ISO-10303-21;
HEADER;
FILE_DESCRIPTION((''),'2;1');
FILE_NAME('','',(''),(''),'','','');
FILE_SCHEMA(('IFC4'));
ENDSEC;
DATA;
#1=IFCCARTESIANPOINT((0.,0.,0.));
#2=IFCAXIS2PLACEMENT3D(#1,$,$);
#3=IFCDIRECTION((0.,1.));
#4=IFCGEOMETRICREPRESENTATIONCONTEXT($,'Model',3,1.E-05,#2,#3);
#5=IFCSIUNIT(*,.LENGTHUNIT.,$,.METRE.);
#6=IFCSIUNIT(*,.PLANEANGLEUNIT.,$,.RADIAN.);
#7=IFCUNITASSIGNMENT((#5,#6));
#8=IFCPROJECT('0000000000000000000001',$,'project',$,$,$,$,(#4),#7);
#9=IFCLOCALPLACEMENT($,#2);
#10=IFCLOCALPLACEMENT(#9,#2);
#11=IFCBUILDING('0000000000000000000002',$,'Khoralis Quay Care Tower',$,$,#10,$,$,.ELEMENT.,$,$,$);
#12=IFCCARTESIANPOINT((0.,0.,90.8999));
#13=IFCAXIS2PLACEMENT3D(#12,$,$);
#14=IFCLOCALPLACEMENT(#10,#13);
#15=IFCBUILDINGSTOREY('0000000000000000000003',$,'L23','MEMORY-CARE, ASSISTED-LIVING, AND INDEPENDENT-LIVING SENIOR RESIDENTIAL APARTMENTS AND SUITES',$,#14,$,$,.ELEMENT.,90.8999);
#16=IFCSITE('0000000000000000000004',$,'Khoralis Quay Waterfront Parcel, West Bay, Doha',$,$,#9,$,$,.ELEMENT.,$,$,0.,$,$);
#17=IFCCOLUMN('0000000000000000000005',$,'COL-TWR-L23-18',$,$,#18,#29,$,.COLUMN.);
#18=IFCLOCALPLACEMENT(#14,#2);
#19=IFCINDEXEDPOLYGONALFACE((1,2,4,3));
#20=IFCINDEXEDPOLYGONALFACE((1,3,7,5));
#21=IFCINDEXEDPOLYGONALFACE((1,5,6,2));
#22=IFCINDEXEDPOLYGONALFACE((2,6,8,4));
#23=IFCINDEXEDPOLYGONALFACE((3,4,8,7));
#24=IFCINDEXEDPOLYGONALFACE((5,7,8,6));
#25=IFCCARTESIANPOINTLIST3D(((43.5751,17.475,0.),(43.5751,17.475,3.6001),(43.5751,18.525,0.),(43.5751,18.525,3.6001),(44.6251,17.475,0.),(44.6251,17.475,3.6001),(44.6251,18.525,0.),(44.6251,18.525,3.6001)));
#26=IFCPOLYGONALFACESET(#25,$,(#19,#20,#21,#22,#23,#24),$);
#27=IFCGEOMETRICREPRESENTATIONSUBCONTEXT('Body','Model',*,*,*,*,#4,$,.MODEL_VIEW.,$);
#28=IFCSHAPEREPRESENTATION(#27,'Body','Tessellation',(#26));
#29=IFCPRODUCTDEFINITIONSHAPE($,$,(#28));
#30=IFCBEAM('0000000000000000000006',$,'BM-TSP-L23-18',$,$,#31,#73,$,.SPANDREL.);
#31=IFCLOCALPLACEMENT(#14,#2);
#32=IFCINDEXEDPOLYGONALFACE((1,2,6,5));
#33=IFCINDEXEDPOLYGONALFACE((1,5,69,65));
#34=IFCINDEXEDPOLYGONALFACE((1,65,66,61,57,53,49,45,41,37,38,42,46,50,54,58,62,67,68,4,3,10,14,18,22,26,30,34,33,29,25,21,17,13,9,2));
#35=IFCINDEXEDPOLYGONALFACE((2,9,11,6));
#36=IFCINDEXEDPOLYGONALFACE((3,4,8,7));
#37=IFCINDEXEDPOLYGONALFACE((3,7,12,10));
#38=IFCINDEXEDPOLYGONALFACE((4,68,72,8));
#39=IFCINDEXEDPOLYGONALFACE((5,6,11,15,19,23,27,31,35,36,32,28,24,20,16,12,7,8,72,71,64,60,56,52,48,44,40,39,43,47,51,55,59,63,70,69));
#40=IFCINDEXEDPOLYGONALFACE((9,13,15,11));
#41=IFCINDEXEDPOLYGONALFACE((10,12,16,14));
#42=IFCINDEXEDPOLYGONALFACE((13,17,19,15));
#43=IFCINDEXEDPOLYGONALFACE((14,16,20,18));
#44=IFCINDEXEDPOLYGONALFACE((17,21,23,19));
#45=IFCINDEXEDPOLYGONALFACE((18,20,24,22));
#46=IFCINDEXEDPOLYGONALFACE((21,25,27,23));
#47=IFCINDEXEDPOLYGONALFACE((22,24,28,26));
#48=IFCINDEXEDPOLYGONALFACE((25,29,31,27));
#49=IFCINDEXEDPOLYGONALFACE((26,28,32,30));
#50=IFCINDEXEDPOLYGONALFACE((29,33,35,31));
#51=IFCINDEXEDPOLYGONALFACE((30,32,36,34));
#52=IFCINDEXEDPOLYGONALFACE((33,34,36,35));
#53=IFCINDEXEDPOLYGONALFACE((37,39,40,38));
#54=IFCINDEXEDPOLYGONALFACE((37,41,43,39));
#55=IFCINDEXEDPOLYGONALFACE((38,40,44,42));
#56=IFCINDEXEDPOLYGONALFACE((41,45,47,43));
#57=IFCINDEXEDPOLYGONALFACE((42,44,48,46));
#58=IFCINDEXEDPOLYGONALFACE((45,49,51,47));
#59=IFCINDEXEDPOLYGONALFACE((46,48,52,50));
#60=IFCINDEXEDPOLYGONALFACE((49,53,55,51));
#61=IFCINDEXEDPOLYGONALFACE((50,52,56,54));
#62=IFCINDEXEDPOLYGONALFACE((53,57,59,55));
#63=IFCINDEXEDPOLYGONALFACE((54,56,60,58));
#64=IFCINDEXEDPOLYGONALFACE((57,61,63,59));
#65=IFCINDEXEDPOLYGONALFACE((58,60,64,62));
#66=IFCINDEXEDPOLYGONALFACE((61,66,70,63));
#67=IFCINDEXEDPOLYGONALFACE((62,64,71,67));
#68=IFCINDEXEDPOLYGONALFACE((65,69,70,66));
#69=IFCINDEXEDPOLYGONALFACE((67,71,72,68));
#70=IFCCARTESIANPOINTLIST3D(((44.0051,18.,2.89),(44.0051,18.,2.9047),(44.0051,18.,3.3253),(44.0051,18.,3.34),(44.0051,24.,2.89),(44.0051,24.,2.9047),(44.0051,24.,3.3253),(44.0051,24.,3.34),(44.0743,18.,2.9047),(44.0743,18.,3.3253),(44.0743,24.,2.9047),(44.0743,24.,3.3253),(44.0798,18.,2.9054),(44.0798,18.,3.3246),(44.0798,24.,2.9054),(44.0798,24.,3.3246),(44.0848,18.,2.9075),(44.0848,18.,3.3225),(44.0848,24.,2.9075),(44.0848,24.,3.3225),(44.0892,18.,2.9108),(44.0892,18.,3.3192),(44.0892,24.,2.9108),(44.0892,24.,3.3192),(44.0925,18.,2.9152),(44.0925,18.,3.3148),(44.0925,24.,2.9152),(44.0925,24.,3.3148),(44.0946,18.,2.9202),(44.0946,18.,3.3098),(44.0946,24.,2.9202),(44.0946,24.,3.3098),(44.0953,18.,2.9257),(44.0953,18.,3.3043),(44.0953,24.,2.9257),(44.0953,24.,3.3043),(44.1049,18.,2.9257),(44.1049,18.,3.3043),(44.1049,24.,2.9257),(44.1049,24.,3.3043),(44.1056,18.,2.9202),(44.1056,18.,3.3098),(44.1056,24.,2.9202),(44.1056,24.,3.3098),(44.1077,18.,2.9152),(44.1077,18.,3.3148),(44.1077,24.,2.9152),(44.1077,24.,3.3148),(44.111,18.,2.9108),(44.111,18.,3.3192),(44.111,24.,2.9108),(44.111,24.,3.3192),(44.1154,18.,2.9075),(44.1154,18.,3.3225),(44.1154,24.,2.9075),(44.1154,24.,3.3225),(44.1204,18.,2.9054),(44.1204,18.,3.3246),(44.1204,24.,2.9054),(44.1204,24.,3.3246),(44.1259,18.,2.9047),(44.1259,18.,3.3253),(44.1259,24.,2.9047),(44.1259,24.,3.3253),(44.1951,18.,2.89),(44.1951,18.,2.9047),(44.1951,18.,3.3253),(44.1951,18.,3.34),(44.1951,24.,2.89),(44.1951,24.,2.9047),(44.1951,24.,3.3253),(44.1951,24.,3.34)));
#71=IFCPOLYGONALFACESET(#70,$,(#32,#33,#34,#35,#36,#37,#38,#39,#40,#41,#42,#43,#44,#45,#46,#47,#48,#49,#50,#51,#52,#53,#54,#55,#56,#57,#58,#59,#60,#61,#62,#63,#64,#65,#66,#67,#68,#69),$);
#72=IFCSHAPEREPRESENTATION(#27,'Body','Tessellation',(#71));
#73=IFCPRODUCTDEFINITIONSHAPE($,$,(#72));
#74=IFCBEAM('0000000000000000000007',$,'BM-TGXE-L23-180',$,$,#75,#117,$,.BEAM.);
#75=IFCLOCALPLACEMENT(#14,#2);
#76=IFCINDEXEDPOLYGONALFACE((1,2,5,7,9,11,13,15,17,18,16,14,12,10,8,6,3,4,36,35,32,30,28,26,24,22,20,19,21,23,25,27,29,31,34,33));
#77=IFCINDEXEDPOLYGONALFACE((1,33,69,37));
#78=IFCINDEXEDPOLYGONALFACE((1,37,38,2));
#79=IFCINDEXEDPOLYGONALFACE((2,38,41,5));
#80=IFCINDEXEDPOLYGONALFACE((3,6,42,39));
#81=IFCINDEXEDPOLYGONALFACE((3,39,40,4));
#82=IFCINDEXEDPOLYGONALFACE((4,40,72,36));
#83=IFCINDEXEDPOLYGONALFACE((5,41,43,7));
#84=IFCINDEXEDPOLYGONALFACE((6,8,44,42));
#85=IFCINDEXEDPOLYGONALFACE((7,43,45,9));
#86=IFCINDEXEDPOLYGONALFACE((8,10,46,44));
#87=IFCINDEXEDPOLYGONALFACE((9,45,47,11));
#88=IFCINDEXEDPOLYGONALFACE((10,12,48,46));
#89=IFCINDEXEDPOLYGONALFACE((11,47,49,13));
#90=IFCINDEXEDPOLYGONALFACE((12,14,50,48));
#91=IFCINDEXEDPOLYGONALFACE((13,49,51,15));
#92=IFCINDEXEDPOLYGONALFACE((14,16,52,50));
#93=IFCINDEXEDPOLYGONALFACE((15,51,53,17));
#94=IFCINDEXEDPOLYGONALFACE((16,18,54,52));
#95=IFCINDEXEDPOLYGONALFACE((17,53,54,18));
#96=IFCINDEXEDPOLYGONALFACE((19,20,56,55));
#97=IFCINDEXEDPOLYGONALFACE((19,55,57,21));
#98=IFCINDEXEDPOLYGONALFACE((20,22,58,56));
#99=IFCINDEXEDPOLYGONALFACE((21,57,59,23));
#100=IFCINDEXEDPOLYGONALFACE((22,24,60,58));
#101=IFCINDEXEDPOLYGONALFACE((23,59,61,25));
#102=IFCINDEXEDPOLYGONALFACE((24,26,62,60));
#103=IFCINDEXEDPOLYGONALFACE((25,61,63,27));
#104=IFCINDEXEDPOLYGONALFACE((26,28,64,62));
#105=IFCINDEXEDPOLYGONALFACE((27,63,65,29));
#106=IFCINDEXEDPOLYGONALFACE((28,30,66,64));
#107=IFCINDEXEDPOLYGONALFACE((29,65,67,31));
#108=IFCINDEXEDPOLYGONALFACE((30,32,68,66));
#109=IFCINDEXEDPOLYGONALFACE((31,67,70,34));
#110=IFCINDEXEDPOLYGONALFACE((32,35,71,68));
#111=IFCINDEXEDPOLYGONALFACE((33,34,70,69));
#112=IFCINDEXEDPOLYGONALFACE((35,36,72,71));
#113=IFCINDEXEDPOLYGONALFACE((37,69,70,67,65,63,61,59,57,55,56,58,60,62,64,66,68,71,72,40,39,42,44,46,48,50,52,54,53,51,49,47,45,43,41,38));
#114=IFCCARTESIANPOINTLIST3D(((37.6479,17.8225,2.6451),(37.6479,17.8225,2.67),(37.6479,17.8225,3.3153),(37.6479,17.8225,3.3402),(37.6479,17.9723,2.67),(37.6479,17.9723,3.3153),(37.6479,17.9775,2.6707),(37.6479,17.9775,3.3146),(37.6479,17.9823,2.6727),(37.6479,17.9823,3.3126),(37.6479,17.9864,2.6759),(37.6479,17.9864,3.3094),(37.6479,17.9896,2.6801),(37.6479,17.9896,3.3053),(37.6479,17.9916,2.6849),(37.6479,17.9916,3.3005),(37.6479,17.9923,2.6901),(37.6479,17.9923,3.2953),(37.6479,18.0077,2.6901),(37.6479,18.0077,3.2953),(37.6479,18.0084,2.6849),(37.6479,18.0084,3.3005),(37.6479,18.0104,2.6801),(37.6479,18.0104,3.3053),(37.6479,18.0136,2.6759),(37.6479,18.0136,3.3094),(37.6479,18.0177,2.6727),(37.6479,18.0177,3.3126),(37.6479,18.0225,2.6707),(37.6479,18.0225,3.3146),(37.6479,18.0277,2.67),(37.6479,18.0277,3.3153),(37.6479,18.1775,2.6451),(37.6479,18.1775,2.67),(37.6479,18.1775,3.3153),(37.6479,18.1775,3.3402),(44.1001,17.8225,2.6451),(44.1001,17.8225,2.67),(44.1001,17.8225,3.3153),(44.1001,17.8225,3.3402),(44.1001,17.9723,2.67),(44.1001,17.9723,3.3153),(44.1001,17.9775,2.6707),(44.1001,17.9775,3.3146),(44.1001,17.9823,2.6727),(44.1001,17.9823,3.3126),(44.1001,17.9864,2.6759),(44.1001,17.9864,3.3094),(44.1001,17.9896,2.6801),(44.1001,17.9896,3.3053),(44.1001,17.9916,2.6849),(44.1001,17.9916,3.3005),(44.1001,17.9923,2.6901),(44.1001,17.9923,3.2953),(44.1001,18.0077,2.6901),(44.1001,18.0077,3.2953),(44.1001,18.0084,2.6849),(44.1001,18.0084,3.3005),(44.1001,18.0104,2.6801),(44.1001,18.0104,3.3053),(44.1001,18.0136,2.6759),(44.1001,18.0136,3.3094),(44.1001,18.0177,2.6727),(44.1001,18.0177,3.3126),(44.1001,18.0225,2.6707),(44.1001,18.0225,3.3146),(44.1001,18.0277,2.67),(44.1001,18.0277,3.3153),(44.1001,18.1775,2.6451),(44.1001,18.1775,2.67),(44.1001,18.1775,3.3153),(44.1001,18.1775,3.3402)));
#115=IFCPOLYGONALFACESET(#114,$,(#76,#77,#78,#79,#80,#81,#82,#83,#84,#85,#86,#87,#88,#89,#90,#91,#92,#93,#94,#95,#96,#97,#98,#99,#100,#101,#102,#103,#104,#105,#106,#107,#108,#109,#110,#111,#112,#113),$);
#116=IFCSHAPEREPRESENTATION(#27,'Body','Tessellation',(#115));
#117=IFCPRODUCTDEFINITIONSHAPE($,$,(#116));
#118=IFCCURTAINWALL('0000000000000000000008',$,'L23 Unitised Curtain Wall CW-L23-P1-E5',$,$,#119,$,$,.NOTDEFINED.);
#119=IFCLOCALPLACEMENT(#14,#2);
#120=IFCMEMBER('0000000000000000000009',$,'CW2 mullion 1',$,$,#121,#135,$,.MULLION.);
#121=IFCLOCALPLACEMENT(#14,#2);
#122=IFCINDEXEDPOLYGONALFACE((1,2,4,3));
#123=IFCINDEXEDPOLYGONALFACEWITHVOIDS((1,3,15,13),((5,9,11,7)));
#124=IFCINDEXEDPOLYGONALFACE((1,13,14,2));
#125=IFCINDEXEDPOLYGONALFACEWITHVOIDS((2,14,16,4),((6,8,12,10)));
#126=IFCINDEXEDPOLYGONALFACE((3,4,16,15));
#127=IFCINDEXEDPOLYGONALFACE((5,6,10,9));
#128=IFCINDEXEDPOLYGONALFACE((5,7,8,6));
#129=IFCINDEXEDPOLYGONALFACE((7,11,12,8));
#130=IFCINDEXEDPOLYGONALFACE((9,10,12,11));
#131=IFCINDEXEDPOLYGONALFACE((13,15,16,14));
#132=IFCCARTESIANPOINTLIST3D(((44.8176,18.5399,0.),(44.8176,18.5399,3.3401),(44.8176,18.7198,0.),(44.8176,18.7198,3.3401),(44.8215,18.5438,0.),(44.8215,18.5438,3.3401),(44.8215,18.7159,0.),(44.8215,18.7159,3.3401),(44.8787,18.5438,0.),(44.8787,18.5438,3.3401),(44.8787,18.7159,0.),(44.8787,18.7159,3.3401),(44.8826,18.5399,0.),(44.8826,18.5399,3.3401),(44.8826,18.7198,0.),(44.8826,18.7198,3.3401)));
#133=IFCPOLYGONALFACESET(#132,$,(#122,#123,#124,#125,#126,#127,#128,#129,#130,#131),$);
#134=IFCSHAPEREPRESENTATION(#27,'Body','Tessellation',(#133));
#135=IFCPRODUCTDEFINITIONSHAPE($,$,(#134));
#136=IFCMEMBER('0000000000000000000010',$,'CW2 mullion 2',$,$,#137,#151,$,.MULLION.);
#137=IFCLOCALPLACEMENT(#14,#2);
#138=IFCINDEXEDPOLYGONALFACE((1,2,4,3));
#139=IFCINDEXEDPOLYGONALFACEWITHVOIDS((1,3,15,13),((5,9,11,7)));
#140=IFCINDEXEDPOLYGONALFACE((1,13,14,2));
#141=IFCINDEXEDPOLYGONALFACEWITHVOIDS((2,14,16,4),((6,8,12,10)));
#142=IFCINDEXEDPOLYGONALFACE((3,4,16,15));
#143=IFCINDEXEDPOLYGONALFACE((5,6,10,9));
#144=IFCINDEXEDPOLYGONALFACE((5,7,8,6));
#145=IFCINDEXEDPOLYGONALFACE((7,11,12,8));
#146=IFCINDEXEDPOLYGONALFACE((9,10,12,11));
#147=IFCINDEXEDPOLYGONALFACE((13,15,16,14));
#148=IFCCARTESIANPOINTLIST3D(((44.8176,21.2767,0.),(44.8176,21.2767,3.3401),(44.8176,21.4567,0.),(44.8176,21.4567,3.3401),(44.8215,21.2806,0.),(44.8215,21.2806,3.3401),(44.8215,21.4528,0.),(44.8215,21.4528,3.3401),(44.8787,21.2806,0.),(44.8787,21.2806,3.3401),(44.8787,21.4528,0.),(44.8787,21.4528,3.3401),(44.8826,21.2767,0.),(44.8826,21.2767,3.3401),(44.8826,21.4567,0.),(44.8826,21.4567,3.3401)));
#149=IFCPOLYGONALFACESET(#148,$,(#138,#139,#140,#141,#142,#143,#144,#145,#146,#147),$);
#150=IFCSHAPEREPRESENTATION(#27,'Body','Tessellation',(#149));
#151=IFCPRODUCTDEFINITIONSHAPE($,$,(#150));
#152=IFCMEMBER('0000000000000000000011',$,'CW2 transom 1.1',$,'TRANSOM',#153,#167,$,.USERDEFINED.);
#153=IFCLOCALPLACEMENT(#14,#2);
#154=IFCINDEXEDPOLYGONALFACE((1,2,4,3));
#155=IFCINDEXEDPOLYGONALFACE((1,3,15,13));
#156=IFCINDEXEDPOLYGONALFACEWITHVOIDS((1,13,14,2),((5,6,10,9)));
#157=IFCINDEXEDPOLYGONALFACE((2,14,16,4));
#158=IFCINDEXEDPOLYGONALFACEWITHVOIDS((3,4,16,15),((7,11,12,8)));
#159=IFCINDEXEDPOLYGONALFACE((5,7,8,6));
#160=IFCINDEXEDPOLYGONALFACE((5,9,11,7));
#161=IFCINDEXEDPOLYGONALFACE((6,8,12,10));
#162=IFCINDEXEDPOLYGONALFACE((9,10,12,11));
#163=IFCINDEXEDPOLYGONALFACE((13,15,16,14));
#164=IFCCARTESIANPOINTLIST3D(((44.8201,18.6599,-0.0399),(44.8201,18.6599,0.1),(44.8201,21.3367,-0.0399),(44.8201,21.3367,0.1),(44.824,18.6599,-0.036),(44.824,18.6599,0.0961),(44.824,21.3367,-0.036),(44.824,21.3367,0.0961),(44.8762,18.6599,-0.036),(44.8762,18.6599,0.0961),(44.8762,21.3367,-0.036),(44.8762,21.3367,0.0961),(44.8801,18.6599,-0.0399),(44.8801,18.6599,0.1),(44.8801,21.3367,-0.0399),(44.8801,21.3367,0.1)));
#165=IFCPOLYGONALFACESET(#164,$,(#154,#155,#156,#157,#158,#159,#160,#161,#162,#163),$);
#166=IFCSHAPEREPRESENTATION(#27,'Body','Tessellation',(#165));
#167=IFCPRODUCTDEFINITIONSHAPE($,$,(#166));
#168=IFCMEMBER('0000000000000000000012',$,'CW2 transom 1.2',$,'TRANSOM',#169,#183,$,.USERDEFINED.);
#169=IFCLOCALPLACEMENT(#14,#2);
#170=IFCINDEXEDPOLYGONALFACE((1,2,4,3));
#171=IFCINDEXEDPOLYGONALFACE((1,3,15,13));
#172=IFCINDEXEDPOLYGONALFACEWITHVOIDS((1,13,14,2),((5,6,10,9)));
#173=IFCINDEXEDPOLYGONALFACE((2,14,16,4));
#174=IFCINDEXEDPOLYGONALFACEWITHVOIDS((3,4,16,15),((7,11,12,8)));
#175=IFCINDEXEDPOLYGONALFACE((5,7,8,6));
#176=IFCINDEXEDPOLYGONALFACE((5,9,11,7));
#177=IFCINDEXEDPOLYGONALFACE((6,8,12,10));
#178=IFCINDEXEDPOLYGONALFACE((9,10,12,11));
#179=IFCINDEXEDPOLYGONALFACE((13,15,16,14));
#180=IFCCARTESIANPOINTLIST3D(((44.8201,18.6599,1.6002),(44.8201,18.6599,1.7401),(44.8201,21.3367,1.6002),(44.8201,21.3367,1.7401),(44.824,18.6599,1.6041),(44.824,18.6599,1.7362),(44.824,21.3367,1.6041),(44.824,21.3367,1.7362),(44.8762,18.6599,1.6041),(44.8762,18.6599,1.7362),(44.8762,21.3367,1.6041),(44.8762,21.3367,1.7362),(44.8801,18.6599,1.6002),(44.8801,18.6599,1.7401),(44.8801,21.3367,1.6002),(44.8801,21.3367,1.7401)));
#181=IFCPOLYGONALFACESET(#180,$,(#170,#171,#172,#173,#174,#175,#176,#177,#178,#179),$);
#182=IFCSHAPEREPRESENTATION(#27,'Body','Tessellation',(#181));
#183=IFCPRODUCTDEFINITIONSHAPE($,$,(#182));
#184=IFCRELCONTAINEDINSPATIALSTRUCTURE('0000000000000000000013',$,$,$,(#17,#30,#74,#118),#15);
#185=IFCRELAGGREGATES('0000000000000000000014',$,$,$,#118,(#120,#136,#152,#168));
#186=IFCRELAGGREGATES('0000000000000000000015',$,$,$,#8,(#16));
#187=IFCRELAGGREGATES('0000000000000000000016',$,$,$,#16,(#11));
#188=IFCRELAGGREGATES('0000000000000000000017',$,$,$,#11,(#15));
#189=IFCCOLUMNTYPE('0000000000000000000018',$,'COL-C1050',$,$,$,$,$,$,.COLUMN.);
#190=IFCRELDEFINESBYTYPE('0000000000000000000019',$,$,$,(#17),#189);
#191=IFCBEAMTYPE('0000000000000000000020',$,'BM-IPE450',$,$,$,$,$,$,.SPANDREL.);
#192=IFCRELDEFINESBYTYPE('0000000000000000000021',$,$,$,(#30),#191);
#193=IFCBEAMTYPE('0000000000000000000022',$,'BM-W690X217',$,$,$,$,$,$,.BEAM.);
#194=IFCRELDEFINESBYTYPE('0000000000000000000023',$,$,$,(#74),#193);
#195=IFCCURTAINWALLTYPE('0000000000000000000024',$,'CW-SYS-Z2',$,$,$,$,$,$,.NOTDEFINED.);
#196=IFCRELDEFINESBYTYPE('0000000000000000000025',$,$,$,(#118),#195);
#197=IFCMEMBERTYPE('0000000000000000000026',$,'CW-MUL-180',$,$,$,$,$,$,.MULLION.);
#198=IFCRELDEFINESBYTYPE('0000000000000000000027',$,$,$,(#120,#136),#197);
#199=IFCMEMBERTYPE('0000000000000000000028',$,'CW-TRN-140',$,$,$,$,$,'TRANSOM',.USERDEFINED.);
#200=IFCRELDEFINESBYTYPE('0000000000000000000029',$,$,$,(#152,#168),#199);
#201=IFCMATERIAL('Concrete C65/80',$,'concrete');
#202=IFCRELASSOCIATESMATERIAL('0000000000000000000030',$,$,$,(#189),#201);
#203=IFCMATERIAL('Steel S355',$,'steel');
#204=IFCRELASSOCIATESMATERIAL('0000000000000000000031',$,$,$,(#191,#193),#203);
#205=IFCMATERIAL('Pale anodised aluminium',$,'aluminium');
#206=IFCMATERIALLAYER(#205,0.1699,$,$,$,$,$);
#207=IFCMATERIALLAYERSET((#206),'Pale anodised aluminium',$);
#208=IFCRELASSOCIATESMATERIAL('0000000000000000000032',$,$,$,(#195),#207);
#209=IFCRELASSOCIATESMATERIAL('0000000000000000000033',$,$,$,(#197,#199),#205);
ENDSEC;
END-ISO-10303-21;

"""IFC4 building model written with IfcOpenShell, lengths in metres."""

from ifc_helpers import new_model, si_unit, direction, frame, origin, origin_2d, place, context, subcontext, project, spatial, rectangle, hollow_rectangle, i_section, extrude, source, transform, mapped, material, layer, layer_set, material_profile, profile_set, type_object, element, aggregate, save


model = new_model("IFC4")

# Units and contexts
model_context = context("Model", 3, precision=1e-05, world=origin(), true_north=direction((0.0, 1.0)))
body_context = subcontext(model_context, "Body", "Model", "MODEL_VIEW")
ifc_project = project(units=[si_unit("LENGTHUNIT", "METRE"), si_unit("PLANEANGLEUNIT", "RADIAN")], contexts=[model_context])

# Site, building, storey
site_placement = place(None, origin())
site = spatial("IfcSite", under=ifc_project, at=site_placement, Name="Khoralis Quay Waterfront Parcel, West Bay, Doha", CompositionType="ELEMENT", RefElevation=0.0)
building_placement = place(site_placement, origin())
building = spatial("IfcBuilding", under=site, at=building_placement, Name="Khoralis Quay Care Tower", CompositionType="ELEMENT")
storey_placement = place(building_placement, frame((0.0, 0.0, 90.8999)))
storey = spatial("IfcBuildingStorey", under=building, at=storey_placement, Name="L23", Description="MEMORY-CARE, ASSISTED-LIVING, AND INDEPENDENT-LIVING SENIOR RESIDENTIAL APARTMENTS AND SUITES", CompositionType="ELEMENT", Elevation=90.8999)

# Column
ifc_material_1 = material(Name="Concrete C65/80", Category="concrete")
ifc_material_profile_1 = material_profile(ifc_material_1, rectangle(XDim=1.05, YDim=1.05, at=origin_2d()), Name="Concrete C65/80")
ifc_profile_set_1 = profile_set([ifc_material_profile_1], Name="Concrete C65/80")
column_type = type_object("IfcColumnType", Name="COL-C1050", PredefinedType="COLUMN", material=ifc_profile_set_1)
shared_shape_1 = source(origin(), body_context, "Body", "SweptSolid", [
    extrude(rectangle(XDim=1.05, YDim=1.05, at=origin_2d()), origin(), (0.0, 0.0, 1.0), 3.6001),
])
column_placement = place(storey_placement, frame((44.1001, 18.0, 0.0), z_axis=(0.0, 0.0, 1.0), x_axis=(1.0, 0.0, 0.0)))
element("IfcColumn", 1, at=column_placement, inside=storey, type_object=column_type, Name="COL-TWR-L23-18", PredefinedType="COLUMN", context=body_context, shape_type="MappedRepresentation", body=[
    mapped(shared_shape_1, transform((0.0, 0.0, 0.0), scale=1.0)),
])

# Beams
ifc_material_2 = material(Name="Steel S355", Category="steel")
ifc_material_profile_2 = material_profile(ifc_material_2, i_section(OverallWidth=0.1899, OverallDepth=0.45, WebThickness=0.0095, FlangeThickness=0.0146, FilletRadius=0.021, at=origin_2d()), Name="Steel S355")
ifc_profile_set_2 = profile_set([ifc_material_profile_2], Name="Steel S355")
beam_type_1 = type_object("IfcBeamType", Name="BM-IPE450", PredefinedType="SPANDREL", material=ifc_profile_set_2)
shared_shape_2 = source(origin(), body_context, "Body", "SweptSolid", [
    extrude(i_section(OverallWidth=0.1899, OverallDepth=0.45, WebThickness=0.0095, FlangeThickness=0.0146, FilletRadius=0.021, at=origin_2d()), origin(), (0.0, 0.0, 1.0), 6.0),
])
beam_1_placement = place(storey_placement, frame((44.1001, 18.0, 3.115), z_axis=(0.0, 1.0, 0.0), x_axis=(-1.0, 0.0, 0.0)))
element("IfcBeam", 2, at=beam_1_placement, inside=storey, type_object=beam_type_1, Name="BM-TSP-L23-18", PredefinedType="SPANDREL", context=body_context, shape_type="MappedRepresentation", body=[
    mapped(shared_shape_2, transform((0.0, 0.0, 0.0), scale=1.0)),
])
ifc_material_profile_3 = material_profile(ifc_material_2, i_section(OverallWidth=0.355, OverallDepth=0.6951, WebThickness=0.0154, FlangeThickness=0.0249, FilletRadius=0.02, at=origin_2d()), Name="Steel S355")
ifc_profile_set_3 = profile_set([ifc_material_profile_3], Name="Steel S355")
beam_type_2 = type_object("IfcBeamType", Name="BM-W690X217", PredefinedType="BEAM", material=ifc_profile_set_3)
shared_shape_3 = source(origin(), body_context, "Body", "SweptSolid", [
    extrude(i_section(OverallWidth=0.355, OverallDepth=0.6951, WebThickness=0.0154, FlangeThickness=0.0249, FilletRadius=0.02, at=origin_2d()), origin(), (0.0, 0.0, 1.0), 6.4521),
])
beam_2_placement = place(storey_placement, frame((37.6479, 18.0, 2.9927), z_axis=(1.0, 0.0, 0.0), x_axis=(0.0, 1.0, 0.0)))
element("IfcBeam", 3, at=beam_2_placement, inside=storey, type_object=beam_type_2, Name="BM-TGXE-L23-180", PredefinedType="BEAM", context=body_context, shape_type="MappedRepresentation", body=[
    mapped(shared_shape_3, transform((0.0, 0.0, 0.0), scale=1.0)),
])

# Curtain wall, members
ifc_material_3 = material(Name="Pale anodised aluminium", Category="aluminium")
ifc_layer_1 = layer(ifc_material_3, 0.1699)
ifc_layer_set_1 = layer_set([ifc_layer_1], Name="Pale anodised aluminium")
curtain_wall_type = type_object("IfcCurtainWallType", Name="CW-SYS-Z2", PredefinedType="NOTDEFINED", material=ifc_layer_set_1)
curtain_wall_placement = place(storey_placement, origin())
curtain_wall = element("IfcCurtainWall", 4, at=curtain_wall_placement, inside=storey, type_object=curtain_wall_type, Name="L23 Unitised Curtain Wall CW-L23-P1-E5", PredefinedType="NOTDEFINED")
ifc_material_profile_4 = material_profile(ifc_material_3, hollow_rectangle(XDim=0.0649, YDim=0.1799, WallThickness=0.0039, at=origin_2d()), Name="Pale anodised aluminium")
ifc_profile_set_4 = profile_set([ifc_material_profile_4], Name="Pale anodised aluminium")
member_type_1 = type_object("IfcMemberType", Name="CW-MUL-180", PredefinedType="MULLION", material=ifc_profile_set_4)
shared_shape_4 = source(origin(), body_context, "Body", "SweptSolid", [
    extrude(hollow_rectangle(XDim=0.0649, YDim=0.1799, WallThickness=0.0039, at=origin_2d()), origin(), (0.0, 0.0, 1.0), 3.3401),
])
member_1_placement = place(storey_placement, frame((44.8501, 18.6299, 0.0), z_axis=(0.0, 0.0, 1.0), x_axis=(-1.0, 0.0, 0.0)))
member_1 = element("IfcMember", 5, at=member_1_placement, type_object=member_type_1, Name="CW2 mullion 1", PredefinedType="MULLION", context=body_context, shape_type="MappedRepresentation", body=[
    mapped(shared_shape_4, transform((0.0, 0.0, 0.0), scale=1.0)),
])
member_2_placement = place(storey_placement, frame((44.8501, 21.3667, 0.0), z_axis=(0.0, 0.0, 1.0), x_axis=(-1.0, 0.0, 0.0)))
member_2 = element("IfcMember", 6, at=member_2_placement, type_object=member_type_1, Name="CW2 mullion 2", PredefinedType="MULLION", context=body_context, shape_type="MappedRepresentation", body=[
    mapped(shared_shape_4, transform((0.0, 0.0, 0.0), scale=1.0)),
])
ifc_material_profile_5 = material_profile(ifc_material_3, hollow_rectangle(XDim=0.0601, YDim=0.1399, WallThickness=0.0039, at=origin_2d()), Name="Pale anodised aluminium")
ifc_profile_set_5 = profile_set([ifc_material_profile_5], Name="Pale anodised aluminium")
member_type_2 = type_object("IfcMemberType", Name="CW-TRN-140", ElementType="TRANSOM", PredefinedType="USERDEFINED", material=ifc_profile_set_5)
shared_shape_5 = source(origin(), body_context, "Body", "SweptSolid", [
    extrude(hollow_rectangle(XDim=0.0601, YDim=0.1399, WallThickness=0.0039, at=origin_2d()), origin(), (0.0, 0.0, 1.0), 2.6768),
])
member_3_placement = place(storey_placement, frame((44.8501, 18.6599, 0.03), z_axis=(0.0, 1.0, 0.0), x_axis=(-1.0, 0.0, 0.0)))
member_3 = element("IfcMember", 7, at=member_3_placement, type_object=member_type_2, Name="CW2 transom 1.1", ObjectType="TRANSOM", PredefinedType="USERDEFINED", context=body_context, shape_type="MappedRepresentation", body=[
    mapped(shared_shape_5, transform((0.0, 0.0, 0.0), scale=1.0)),
])
member_4_placement = place(storey_placement, frame((44.8501, 18.6599, 1.6702), z_axis=(0.0, 1.0, 0.0), x_axis=(-1.0, 0.0, 0.0)))
member_4 = element("IfcMember", 8, at=member_4_placement, type_object=member_type_2, Name="CW2 transom 1.2", ObjectType="TRANSOM", PredefinedType="USERDEFINED", context=body_context, shape_type="MappedRepresentation", body=[
    mapped(shared_shape_5, transform((0.0, 0.0, 0.0), scale=1.0)),
])
aggregate(curtain_wall, [member_1, member_2, member_3, member_4])

save(model, "model.ifc")
